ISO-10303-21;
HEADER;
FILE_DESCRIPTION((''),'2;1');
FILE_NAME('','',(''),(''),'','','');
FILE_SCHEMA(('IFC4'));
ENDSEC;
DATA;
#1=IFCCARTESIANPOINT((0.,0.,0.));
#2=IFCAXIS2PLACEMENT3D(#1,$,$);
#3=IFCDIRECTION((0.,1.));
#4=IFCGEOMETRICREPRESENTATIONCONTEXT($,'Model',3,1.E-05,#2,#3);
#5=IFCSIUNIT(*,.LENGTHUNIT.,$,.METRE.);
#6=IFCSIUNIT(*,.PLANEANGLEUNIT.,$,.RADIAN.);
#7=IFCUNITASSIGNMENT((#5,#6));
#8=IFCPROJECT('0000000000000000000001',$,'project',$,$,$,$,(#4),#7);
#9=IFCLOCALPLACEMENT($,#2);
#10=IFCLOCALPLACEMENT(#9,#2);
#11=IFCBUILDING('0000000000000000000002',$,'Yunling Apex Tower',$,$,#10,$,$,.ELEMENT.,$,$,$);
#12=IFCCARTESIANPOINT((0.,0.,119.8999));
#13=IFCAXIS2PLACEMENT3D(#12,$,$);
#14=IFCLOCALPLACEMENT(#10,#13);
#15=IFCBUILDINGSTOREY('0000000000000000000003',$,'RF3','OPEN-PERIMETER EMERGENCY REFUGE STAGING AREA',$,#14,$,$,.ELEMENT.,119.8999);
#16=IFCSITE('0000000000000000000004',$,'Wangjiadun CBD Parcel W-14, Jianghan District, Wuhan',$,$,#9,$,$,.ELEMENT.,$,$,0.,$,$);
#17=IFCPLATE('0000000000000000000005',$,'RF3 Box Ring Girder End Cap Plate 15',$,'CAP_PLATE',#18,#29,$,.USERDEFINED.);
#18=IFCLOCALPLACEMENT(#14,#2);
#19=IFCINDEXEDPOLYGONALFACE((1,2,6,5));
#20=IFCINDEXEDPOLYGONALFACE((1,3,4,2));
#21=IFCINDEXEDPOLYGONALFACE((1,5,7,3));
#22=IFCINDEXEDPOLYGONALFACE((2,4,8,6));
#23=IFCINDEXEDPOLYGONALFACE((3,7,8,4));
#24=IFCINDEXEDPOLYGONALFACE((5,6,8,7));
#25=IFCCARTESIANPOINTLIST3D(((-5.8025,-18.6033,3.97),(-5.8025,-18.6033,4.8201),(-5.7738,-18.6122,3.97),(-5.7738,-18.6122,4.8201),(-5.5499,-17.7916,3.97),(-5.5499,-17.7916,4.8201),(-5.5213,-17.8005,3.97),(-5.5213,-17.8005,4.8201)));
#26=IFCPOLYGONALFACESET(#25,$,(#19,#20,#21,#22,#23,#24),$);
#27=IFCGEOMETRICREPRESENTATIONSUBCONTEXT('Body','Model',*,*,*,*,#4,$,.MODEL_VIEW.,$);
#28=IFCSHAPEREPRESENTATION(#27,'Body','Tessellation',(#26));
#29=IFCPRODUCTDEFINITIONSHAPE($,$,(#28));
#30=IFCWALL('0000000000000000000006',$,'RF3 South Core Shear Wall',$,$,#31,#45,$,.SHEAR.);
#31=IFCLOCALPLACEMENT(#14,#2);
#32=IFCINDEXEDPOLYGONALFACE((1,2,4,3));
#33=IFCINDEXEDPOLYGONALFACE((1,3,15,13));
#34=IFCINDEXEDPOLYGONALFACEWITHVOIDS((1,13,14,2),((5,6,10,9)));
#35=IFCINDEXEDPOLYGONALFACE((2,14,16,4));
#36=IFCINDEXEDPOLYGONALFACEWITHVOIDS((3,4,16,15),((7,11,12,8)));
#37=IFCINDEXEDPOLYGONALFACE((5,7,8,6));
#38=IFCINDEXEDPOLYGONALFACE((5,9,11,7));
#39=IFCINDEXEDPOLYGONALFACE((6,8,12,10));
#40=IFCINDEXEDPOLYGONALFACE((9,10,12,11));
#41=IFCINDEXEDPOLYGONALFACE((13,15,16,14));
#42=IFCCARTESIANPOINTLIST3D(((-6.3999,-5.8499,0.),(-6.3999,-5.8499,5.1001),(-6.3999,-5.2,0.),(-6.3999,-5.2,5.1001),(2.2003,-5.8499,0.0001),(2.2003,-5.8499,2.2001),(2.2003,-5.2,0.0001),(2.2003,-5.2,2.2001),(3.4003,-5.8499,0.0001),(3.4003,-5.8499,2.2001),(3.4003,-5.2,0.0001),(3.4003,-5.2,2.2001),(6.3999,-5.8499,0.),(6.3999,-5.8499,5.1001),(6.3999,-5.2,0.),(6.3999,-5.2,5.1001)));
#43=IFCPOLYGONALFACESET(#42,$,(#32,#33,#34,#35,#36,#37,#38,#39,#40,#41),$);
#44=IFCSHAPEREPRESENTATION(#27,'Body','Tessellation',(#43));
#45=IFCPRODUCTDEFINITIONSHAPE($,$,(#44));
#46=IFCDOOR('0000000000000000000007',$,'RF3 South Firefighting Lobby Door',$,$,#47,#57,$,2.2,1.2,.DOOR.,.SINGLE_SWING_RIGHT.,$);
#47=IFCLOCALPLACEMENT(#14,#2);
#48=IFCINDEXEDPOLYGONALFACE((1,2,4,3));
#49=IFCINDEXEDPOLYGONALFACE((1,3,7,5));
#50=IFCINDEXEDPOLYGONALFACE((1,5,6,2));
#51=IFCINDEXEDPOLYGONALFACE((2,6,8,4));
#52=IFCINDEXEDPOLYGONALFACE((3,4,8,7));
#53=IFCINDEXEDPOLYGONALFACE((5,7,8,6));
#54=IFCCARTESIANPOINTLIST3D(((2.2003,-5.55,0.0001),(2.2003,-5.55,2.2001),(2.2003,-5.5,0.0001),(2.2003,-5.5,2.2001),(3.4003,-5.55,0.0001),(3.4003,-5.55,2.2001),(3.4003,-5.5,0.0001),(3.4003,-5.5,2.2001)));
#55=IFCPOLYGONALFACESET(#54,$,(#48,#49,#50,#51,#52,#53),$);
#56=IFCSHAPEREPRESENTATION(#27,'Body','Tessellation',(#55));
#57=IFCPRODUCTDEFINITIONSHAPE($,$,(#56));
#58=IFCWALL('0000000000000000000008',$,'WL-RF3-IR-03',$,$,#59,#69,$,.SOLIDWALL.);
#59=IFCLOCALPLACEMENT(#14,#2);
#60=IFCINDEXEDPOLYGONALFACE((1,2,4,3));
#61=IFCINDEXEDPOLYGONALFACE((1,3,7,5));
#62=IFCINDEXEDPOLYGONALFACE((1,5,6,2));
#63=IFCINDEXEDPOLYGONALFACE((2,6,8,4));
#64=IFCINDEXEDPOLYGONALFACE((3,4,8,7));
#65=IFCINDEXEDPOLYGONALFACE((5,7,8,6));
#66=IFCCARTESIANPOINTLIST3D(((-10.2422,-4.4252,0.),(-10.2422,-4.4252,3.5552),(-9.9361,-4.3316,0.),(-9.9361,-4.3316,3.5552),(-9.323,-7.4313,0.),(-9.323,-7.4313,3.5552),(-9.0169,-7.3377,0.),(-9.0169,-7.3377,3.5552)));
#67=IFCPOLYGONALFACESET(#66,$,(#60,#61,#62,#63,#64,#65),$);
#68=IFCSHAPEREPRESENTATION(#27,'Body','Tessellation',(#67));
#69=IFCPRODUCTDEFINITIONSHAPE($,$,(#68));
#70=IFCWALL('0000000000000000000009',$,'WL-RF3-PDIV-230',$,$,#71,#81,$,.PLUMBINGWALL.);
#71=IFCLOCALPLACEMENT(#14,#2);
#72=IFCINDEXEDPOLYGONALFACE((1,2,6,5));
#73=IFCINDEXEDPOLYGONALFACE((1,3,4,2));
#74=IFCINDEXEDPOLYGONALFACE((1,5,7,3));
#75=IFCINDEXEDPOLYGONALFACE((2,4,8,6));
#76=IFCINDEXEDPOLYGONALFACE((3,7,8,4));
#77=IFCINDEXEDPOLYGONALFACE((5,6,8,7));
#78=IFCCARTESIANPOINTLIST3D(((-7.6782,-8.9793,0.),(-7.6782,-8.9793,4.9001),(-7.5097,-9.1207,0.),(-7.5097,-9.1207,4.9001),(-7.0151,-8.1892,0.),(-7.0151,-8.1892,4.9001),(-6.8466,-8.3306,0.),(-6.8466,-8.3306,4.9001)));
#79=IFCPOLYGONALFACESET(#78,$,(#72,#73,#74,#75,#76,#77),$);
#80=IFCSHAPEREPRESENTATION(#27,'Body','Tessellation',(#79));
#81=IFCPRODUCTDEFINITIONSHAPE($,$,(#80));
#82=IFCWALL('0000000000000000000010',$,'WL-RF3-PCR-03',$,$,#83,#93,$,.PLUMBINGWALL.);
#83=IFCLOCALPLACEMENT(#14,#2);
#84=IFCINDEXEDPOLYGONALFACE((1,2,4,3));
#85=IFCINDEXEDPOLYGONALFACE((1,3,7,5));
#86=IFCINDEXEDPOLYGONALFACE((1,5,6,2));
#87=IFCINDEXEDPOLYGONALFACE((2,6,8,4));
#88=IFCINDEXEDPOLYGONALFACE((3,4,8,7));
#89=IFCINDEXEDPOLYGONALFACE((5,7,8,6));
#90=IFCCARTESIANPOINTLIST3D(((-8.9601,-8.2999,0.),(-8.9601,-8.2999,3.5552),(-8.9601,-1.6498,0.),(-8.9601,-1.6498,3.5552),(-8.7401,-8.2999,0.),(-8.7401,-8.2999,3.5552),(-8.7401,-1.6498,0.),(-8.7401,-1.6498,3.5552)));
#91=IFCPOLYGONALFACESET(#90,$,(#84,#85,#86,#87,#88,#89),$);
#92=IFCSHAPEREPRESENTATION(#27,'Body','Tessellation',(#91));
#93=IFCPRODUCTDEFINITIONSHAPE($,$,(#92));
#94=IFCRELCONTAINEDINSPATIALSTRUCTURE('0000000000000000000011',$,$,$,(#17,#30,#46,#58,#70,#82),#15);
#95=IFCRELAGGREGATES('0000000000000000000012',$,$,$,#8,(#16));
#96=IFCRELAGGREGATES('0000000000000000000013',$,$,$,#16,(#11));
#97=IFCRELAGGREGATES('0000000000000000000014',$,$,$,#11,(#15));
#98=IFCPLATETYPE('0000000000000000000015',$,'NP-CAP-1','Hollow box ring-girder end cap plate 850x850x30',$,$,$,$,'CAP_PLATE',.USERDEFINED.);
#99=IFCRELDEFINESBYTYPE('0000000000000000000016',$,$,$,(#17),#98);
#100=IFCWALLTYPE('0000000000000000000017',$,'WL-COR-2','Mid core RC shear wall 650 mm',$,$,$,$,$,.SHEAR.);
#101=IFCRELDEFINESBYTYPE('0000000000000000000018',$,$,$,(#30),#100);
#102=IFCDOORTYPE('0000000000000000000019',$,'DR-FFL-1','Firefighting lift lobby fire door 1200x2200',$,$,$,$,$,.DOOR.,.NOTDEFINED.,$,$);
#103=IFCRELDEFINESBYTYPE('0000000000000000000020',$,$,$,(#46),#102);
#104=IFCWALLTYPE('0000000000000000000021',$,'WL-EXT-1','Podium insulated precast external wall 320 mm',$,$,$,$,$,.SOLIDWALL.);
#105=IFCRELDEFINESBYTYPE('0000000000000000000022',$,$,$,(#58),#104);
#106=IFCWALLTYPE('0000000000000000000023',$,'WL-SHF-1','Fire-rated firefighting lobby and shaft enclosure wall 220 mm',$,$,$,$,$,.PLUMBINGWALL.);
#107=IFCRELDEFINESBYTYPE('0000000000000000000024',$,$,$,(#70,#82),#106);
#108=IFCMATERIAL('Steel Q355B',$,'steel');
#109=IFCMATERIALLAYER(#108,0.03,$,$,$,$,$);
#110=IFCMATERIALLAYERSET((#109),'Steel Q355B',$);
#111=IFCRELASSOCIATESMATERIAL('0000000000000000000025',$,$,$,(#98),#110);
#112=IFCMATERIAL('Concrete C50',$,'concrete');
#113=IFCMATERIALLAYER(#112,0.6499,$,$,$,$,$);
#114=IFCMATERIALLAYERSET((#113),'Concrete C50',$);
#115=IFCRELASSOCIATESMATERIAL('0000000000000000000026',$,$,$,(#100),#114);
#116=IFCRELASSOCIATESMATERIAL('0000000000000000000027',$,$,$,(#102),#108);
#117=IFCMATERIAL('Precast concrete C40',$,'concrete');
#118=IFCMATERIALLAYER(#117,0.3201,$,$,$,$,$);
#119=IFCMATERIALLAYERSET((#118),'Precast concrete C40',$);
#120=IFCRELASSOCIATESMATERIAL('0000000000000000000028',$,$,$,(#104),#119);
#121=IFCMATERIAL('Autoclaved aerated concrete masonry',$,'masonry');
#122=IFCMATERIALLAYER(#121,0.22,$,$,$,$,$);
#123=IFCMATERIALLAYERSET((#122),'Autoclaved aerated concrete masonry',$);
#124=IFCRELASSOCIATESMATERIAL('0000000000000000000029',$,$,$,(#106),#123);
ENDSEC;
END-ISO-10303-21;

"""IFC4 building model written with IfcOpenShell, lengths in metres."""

from ifc_helpers import new_model, si_unit, direction, frame, frame_2d, origin, origin_2d, place, context, subcontext, project, spatial, rectangle, extrude, source, transform, mapped, material, layer, layer_set, type_object, element, fill, save


model = new_model("IFC4")

# Units and contexts
model_context = context("Model", 3, precision=1e-05, world=origin(), true_north=direction((0.0, 1.0)))
body_context = subcontext(model_context, "Body", "Model", "MODEL_VIEW")
ifc_project = project(units=[si_unit("LENGTHUNIT", "METRE"), si_unit("PLANEANGLEUNIT", "RADIAN")], contexts=[model_context])

# Site, building, storey
site_placement = place(None, origin())
site = spatial("IfcSite", under=ifc_project, at=site_placement, Name="Wangjiadun CBD Parcel W-14, Jianghan District, Wuhan", CompositionType="ELEMENT", RefElevation=0.0)
building_placement = place(site_placement, origin())
building = spatial("IfcBuilding", under=site, at=building_placement, Name="Yunling Apex Tower", CompositionType="ELEMENT")
storey_placement = place(building_placement, frame((0.0, 0.0, 119.8999)))
storey = spatial("IfcBuildingStorey", under=building, at=storey_placement, Name="RF3", Description="OPEN-PERIMETER EMERGENCY REFUGE STAGING AREA", CompositionType="ELEMENT", Elevation=119.8999)

# Shared definitions
ifc_material_1 = material(Name="Steel Q355B", Category="steel")

# Plate
ifc_layer_1 = layer(ifc_material_1, 0.03)
ifc_layer_set_1 = layer_set([ifc_layer_1], Name="Steel Q355B")
plate_type_1 = type_object("IfcPlateType", Name="NP-CAP-1", Description="Hollow box ring-girder end cap plate 850x850x30", ElementType="CAP_PLATE", PredefinedType="USERDEFINED", material=ifc_layer_set_1)
shared_shape_1 = source(origin(), body_context, "Body", "SweptSolid", [
    extrude(rectangle(XDim=0.8501, YDim=0.03, at=origin_2d()), origin(), (0.0, 0.0, 1.0), 0.8501),
])
plate_placement = place(storey_placement, frame((-5.6619, -18.2019, 3.97), z_axis=(0.0, 0.0, 1.0), x_axis=(-0.297042, -0.954865, 0.0)))
element("IfcPlate", 1, at=plate_placement, inside=storey, type_object=plate_type_1, Name="RF3 Box Ring Girder End Cap Plate 15", ObjectType="CAP_PLATE", PredefinedType="USERDEFINED", context=body_context, shape_type="MappedRepresentation", body=[
    mapped(shared_shape_1, transform((0.0, 0.0, 0.0), scale=1.0)),
])

# Wall, opening, door
ifc_material_2 = material(Name="Concrete C50", Category="concrete")
ifc_layer_2 = layer(ifc_material_2, 0.6499)
ifc_layer_set_2 = layer_set([ifc_layer_2], Name="Concrete C50")
wall_type_1 = type_object("IfcWallType", Name="WL-COR-2", Description="Mid core RC shear wall 650 mm", PredefinedType="SHEAR", material=ifc_layer_set_2)
wall_1_placement = place(storey_placement, frame((-6.3999, -5.5249, 0.0), z_axis=(0.0, 0.0, 1.0), x_axis=(1.0, 0.0, 0.0)))
wall_1 = element("IfcWall", 2, at=wall_1_placement, inside=storey, type_object=wall_type_1, Name="RF3 South Core Shear Wall", PredefinedType="SHEAR", context=body_context, shape_type="SweptSolid", body=[
    extrude(rectangle(XDim=12.7998, YDim=0.6499, at=frame_2d((6.3999, 0.0))), origin(), (0.0, 0.0, 1.0), 5.1001),
])
opening_placement = place(wall_1_placement, frame((8.6001, 0.0, 0.0)))
opening = element("IfcOpeningElement", 3, at=opening_placement, cuts=wall_1, PredefinedType="OPENING", context=body_context, shape_type="SweptSolid", body=[
    extrude(rectangle(XDim=1.2, YDim=2.2, at=frame_2d((0.6001, 1.1001))), frame((0.0, 0.335, 0.0), z_axis=(0.0, -1.0, 0.0), x_axis=(1.0, 0.0, 0.0)), (0.0, 0.0, 1.0), 0.6699),
])
door_type = type_object("IfcDoorType", Name="DR-FFL-1", Description="Firefighting lift lobby fire door 1200x2200", OperationType="NOTDEFINED", PredefinedType="DOOR", material=ifc_material_1)
door_placement = place(opening_placement, origin())
door = element("IfcDoor", 4, at=door_placement, inside=storey, type_object=door_type, Name="RF3 South Firefighting Lobby Door", OperationType="SINGLE_SWING_RIGHT", OverallHeight=2.2, OverallWidth=1.2, PredefinedType="DOOR", context=body_context, shape_type="SweptSolid", body=[
    extrude(rectangle(XDim=1.2, YDim=2.2, at=frame_2d((0.6001, 1.1001))), frame((0.0, 0.0249, 0.0), z_axis=(0.0, -1.0, 0.0), x_axis=(1.0, 0.0, 0.0)), (0.0, 0.0, 1.0), 0.05),
])
fill(opening, door)

# Walls
ifc_material_3 = material(Name="Precast concrete C40", Category="concrete")
ifc_layer_3 = layer(ifc_material_3, 0.3201)
ifc_layer_set_3 = layer_set([ifc_layer_3], Name="Precast concrete C40")
wall_type_2 = type_object("IfcWallType", Name="WL-EXT-1", Description="Podium insulated precast external wall 320 mm", PredefinedType="SOLIDWALL", material=ifc_layer_set_3)
wall_2_placement = place(storey_placement, frame((-9.1699, -7.3845, 0.0), z_axis=(0.0, 0.0, 1.0), x_axis=(-0.29241, 0.956293, 0.0)))
element("IfcWall", 5, at=wall_2_placement, inside=storey, type_object=wall_type_2, Name="WL-RF3-IR-03", PredefinedType="SOLIDWALL", context=body_context, shape_type="SweptSolid", body=[
    extrude(rectangle(XDim=3.1436, YDim=0.3201, at=frame_2d((1.5718, 0.0))), origin(), (0.0, 0.0, 1.0), 3.5552),
])
ifc_material_4 = material(Name="Autoclaved aerated concrete masonry", Category="masonry")
ifc_layer_4 = layer(ifc_material_4, 0.22)
ifc_layer_set_4 = layer_set([ifc_layer_4], Name="Autoclaved aerated concrete masonry")
wall_type_3 = type_object("IfcWallType", Name="WL-SHF-1", Description="Fire-rated firefighting lobby and shaft enclosure wall 220 mm", PredefinedType="PLUMBINGWALL", material=ifc_layer_set_4)
wall_3_placement = place(storey_placement, frame((-6.9309, -8.26, 0.0), z_axis=(0.0, 0.0, 1.0), x_axis=(-0.642881, -0.765966, 0.0)))
element("IfcWall", 6, at=wall_3_placement, inside=storey, type_object=wall_type_3, Name="WL-RF3-PDIV-230", PredefinedType="PLUMBINGWALL", context=body_context, shape_type="SweptSolid", body=[
    extrude(rectangle(XDim=1.0315, YDim=0.22, at=frame_2d((0.5156, 0.0))), origin(), (0.0, 0.0, 1.0), 4.9001),
])
wall_4_placement = place(storey_placement, frame((-8.8501, -8.3, 0.0), z_axis=(0.0, 0.0, 1.0), x_axis=(0.0, 1.0, 0.0)))
element("IfcWall", 7, at=wall_4_placement, inside=storey, type_object=wall_type_3, Name="WL-RF3-PCR-03", PredefinedType="PLUMBINGWALL", context=body_context, shape_type="SweptSolid", body=[
    extrude(rectangle(XDim=6.6501, YDim=0.22, at=frame_2d((3.3252, 0.0))), origin(), (0.0, 0.0, 1.0), 3.5552),
])

save(model, "model.ifc")
